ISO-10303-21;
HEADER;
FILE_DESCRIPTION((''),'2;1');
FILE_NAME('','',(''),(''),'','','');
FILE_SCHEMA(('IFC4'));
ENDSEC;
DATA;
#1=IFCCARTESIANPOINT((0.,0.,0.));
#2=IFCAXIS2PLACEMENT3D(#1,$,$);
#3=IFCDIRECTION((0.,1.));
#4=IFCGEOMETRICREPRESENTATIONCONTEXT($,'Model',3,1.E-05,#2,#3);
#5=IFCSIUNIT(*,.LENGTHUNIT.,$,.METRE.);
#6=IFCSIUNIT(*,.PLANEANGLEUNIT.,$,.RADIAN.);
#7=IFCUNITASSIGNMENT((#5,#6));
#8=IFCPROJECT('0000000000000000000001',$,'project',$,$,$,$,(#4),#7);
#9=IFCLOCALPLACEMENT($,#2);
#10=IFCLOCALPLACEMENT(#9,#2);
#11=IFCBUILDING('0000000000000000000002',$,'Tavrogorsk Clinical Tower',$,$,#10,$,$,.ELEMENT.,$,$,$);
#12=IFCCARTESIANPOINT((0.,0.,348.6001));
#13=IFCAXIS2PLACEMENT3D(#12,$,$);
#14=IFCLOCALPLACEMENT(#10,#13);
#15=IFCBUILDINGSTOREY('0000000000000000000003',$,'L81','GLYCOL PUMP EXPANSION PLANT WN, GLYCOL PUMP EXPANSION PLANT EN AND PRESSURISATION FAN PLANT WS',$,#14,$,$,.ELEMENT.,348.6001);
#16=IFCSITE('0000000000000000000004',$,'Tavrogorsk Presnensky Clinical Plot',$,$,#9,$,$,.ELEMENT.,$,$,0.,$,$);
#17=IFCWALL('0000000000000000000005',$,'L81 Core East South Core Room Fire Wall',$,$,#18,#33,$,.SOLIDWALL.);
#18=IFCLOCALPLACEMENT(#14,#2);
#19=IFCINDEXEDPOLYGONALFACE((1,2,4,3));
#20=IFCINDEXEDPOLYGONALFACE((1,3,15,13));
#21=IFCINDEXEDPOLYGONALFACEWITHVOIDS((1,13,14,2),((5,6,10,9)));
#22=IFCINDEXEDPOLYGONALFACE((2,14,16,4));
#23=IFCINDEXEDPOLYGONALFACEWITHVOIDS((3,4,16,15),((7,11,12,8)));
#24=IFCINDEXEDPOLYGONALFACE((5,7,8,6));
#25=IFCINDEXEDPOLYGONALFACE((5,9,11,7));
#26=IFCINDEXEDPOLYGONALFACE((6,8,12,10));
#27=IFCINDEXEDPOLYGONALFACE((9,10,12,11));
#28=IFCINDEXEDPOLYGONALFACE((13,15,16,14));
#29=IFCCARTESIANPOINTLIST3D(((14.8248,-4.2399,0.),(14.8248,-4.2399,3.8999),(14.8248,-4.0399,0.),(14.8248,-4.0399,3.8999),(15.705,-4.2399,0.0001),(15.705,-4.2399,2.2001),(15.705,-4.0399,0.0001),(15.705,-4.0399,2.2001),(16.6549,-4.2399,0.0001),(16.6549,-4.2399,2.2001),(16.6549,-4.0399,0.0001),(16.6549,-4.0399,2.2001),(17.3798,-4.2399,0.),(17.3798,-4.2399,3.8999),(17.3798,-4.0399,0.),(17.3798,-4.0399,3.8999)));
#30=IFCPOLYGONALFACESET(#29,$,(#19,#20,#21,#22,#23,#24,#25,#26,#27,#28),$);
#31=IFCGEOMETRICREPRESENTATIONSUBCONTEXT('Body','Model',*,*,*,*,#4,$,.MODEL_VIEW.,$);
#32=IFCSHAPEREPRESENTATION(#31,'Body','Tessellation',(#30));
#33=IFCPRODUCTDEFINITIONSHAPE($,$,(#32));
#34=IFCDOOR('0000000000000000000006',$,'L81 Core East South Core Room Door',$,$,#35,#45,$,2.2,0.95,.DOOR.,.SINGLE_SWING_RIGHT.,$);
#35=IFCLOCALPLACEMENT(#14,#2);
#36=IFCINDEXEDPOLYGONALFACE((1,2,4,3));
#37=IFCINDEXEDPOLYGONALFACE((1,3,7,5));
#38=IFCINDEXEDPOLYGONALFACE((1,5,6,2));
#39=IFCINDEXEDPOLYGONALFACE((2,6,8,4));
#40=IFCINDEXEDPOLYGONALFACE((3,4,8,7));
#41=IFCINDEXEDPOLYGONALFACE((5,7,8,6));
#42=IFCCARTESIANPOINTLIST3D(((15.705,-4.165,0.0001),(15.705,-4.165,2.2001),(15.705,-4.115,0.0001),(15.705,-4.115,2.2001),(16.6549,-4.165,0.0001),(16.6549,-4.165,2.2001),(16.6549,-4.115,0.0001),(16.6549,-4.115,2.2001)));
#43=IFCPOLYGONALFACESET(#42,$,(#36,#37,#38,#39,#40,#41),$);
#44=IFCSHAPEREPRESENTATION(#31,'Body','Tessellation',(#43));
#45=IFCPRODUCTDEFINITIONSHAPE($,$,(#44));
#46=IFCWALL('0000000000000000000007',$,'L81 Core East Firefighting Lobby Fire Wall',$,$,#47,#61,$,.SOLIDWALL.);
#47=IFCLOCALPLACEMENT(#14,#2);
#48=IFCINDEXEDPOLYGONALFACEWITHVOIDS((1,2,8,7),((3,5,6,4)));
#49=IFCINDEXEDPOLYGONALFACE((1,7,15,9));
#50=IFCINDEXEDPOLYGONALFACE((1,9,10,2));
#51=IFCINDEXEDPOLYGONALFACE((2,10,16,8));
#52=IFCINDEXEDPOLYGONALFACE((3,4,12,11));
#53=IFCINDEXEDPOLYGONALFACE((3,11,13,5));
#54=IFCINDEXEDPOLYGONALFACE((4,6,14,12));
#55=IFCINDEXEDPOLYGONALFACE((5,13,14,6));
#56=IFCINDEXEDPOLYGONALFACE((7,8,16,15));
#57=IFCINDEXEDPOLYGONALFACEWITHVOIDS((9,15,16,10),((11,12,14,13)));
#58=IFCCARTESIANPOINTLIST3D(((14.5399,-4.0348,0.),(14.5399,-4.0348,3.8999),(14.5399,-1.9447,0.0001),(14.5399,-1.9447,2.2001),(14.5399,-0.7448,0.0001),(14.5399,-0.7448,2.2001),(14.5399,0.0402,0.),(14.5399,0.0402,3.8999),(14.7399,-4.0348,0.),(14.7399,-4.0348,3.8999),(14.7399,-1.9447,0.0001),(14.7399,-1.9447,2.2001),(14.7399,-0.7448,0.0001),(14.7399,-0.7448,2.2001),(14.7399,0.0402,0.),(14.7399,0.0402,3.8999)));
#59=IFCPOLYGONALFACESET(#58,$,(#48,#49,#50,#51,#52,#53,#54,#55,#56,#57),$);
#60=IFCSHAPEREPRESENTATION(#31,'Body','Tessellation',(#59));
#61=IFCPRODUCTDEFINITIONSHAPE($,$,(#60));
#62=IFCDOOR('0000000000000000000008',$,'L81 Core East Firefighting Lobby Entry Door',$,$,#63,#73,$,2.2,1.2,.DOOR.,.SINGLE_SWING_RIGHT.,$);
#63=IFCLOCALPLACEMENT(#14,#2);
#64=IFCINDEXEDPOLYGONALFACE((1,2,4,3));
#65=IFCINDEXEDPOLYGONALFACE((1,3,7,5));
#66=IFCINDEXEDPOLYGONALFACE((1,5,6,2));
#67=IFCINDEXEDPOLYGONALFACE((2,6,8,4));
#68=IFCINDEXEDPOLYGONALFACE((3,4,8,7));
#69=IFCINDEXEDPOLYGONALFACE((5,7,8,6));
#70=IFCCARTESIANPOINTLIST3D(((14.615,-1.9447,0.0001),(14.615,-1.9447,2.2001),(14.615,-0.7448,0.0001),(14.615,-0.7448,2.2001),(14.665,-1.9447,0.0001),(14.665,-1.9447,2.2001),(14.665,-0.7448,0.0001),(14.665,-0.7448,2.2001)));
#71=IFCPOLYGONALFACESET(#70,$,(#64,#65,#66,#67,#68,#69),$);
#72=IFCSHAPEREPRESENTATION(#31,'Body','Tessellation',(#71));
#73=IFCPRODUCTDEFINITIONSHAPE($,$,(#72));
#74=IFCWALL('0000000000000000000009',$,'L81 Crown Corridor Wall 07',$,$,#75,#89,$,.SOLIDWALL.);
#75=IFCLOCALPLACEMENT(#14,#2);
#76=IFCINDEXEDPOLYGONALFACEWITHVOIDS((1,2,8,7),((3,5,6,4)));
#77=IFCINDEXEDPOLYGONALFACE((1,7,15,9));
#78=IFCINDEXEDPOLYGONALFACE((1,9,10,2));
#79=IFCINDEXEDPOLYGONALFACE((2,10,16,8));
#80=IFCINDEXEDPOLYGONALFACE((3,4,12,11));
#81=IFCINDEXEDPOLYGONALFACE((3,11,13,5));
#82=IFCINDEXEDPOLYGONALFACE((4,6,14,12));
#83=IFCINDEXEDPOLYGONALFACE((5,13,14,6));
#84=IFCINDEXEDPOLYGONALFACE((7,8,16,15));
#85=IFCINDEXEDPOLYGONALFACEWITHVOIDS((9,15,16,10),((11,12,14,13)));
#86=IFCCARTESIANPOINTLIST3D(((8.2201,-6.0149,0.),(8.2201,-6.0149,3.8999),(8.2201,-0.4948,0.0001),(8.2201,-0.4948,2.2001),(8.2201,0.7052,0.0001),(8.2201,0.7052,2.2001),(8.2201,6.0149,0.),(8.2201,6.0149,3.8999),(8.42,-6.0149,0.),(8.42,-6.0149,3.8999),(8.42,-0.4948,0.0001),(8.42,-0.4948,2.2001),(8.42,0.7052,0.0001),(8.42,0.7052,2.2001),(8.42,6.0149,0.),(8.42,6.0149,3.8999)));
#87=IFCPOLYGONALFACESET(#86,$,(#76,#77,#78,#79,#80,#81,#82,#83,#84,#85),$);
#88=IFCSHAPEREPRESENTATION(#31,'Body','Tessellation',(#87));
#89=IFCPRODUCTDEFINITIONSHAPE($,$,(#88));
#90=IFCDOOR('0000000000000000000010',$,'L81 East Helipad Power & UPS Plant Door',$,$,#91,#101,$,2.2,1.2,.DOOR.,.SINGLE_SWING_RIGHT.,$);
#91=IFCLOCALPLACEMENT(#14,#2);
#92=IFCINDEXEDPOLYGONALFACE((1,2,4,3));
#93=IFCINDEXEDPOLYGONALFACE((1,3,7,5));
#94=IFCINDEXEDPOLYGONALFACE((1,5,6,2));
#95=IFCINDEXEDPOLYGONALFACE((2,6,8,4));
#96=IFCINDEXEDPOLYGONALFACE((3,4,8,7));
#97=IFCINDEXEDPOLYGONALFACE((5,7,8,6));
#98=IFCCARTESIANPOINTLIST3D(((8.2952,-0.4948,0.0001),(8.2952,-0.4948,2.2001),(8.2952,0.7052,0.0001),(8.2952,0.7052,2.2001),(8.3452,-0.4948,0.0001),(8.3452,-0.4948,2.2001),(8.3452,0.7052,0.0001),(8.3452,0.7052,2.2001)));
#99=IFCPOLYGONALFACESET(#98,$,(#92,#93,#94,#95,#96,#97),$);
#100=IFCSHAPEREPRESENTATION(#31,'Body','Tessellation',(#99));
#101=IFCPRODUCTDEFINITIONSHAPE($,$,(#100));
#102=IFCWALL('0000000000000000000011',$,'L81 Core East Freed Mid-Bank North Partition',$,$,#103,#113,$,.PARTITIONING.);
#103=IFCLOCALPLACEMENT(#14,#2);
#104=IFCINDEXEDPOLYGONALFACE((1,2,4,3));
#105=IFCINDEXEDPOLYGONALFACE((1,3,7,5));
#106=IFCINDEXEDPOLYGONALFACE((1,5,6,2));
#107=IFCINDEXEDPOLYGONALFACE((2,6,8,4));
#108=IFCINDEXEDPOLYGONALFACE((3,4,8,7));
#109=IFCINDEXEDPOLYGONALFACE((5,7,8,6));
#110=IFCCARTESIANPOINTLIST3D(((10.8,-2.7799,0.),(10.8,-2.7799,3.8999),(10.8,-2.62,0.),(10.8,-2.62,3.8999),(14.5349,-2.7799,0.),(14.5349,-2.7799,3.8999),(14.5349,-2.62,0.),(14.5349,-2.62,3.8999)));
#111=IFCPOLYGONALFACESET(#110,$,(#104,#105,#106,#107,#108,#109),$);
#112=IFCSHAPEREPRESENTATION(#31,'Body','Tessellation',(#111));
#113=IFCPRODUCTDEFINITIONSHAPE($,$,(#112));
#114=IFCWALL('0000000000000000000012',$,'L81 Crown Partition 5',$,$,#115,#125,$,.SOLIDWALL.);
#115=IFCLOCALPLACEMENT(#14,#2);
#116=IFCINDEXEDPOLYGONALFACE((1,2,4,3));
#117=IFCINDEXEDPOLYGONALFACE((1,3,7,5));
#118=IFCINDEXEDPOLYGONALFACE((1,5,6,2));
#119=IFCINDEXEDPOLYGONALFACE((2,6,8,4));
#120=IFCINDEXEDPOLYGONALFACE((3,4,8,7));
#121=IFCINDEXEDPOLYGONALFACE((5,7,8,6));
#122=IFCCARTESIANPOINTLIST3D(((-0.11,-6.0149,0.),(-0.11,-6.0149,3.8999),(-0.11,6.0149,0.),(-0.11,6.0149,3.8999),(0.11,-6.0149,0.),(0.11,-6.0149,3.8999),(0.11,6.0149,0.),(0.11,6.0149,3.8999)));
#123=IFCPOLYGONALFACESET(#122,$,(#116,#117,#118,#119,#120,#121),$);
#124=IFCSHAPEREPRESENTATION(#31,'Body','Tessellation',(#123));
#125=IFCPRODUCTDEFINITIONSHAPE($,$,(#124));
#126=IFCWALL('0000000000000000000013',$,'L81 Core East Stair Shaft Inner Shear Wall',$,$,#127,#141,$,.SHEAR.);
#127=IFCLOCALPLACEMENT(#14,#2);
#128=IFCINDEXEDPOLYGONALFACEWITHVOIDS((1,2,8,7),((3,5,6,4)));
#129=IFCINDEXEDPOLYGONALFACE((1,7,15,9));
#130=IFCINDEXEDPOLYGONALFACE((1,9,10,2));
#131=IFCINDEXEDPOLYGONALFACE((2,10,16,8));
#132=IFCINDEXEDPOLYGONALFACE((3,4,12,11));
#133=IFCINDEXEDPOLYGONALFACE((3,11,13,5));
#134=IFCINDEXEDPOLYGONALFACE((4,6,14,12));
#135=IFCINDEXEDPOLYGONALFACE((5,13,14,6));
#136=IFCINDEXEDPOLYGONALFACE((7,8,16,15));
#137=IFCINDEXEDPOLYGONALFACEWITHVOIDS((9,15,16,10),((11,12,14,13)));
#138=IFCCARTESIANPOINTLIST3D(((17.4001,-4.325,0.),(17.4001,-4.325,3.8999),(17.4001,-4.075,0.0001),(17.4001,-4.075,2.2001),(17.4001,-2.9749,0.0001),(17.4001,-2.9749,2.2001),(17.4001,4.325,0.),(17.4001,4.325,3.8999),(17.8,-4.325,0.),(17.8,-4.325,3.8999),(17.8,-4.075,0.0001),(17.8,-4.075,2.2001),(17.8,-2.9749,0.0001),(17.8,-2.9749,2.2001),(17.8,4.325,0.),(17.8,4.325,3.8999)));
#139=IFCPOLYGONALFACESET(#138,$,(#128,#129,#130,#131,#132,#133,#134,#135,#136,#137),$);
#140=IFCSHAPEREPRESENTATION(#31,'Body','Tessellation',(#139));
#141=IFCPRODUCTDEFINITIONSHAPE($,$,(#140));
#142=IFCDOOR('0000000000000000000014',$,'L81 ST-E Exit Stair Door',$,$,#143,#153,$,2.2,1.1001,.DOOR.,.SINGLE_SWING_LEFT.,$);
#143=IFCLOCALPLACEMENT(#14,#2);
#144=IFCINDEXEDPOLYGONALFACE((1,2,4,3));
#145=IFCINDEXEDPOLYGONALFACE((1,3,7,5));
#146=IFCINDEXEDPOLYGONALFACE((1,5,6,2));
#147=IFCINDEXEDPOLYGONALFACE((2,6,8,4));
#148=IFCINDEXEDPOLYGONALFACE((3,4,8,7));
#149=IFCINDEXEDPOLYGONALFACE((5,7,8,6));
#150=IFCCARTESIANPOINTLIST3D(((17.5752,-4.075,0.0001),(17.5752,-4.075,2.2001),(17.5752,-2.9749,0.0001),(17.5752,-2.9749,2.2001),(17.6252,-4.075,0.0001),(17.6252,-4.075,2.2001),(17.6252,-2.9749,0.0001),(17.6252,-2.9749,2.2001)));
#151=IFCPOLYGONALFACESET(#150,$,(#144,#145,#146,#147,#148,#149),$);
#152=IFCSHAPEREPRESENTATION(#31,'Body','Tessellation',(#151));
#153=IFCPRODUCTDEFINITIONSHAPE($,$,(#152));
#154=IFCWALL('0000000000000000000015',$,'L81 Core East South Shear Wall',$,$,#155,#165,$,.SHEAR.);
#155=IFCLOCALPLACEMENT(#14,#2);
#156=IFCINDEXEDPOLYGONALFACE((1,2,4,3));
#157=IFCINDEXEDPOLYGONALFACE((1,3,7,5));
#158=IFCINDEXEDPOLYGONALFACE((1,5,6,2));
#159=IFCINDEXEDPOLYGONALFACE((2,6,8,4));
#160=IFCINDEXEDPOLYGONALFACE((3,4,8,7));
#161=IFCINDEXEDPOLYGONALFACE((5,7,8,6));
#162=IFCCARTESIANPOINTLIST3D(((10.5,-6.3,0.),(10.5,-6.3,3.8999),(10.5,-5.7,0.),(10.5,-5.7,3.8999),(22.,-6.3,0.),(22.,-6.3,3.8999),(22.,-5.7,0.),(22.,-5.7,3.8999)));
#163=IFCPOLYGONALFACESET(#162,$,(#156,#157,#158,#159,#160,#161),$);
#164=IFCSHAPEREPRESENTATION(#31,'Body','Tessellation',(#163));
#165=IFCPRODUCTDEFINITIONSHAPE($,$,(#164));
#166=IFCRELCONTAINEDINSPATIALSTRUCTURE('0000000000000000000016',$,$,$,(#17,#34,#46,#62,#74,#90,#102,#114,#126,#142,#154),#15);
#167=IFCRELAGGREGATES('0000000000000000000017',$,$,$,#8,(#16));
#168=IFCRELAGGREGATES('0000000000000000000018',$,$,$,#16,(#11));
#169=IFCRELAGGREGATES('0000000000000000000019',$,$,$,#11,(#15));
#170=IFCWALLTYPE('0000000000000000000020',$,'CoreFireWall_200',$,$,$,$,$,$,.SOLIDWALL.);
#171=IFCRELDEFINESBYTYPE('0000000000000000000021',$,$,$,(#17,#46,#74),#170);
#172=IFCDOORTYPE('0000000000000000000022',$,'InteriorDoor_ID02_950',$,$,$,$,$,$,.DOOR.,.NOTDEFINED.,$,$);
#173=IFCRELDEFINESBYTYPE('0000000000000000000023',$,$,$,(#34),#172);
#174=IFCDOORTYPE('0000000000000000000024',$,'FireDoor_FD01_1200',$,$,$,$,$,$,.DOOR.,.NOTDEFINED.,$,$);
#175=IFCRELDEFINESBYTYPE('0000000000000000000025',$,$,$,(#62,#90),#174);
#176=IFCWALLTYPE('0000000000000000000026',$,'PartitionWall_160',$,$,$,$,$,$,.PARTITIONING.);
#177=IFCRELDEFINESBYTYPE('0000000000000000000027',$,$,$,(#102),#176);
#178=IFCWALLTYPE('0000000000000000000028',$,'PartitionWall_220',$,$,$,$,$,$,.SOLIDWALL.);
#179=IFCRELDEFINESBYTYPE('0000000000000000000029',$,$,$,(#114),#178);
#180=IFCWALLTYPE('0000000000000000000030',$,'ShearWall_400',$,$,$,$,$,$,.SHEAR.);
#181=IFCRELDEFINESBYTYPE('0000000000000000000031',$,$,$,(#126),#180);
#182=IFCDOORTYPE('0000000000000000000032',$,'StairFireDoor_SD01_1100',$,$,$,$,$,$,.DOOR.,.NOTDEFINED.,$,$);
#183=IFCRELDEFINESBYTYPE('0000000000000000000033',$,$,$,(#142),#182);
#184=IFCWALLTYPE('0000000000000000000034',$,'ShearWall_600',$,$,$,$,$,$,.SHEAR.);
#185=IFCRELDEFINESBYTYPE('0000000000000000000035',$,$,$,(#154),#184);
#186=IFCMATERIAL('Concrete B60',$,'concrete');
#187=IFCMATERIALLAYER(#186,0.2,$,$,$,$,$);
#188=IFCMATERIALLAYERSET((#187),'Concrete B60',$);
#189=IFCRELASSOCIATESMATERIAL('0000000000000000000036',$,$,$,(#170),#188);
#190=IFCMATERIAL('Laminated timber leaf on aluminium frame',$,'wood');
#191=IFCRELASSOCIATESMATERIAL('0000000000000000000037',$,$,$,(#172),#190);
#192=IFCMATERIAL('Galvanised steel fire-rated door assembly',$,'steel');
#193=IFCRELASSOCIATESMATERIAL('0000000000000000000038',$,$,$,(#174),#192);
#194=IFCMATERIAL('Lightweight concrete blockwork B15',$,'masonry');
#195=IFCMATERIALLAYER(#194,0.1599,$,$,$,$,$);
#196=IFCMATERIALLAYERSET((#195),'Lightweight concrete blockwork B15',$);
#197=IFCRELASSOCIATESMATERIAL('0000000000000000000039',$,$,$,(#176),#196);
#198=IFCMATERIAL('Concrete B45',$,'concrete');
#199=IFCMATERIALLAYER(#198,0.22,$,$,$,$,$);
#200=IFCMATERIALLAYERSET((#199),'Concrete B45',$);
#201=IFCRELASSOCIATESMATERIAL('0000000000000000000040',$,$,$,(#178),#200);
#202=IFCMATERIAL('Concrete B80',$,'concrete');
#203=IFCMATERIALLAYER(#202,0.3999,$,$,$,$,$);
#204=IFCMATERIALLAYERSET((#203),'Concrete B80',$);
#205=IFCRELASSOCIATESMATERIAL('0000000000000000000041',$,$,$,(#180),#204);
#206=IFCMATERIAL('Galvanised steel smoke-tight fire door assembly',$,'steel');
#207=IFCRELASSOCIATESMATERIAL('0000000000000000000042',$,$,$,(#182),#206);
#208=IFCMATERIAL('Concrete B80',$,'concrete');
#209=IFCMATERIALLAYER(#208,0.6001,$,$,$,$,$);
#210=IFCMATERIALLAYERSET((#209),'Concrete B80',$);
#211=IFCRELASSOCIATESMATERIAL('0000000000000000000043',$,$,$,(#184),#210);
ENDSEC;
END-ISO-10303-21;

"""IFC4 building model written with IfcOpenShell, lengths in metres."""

from ifc_helpers import new_model, si_unit, direction, frame, frame_2d, origin, place, context, subcontext, project, spatial, rectangle, extrude, material, layer, layer_set, type_object, element, fill, save


model = new_model("IFC4")

# Units and contexts
model_context = context("Model", 3, precision=1e-05, world=origin(), true_north=direction((0.0, 1.0)))
body_context = subcontext(model_context, "Body", "Model", "MODEL_VIEW")
ifc_project = project(units=[si_unit("LENGTHUNIT", "METRE"), si_unit("PLANEANGLEUNIT", "RADIAN")], contexts=[model_context])

# Site, building, storey
site_placement = place(None, origin())
site = spatial("IfcSite", under=ifc_project, at=site_placement, Name="Tavrogorsk Presnensky Clinical Plot", CompositionType="ELEMENT", RefElevation=0.0)
building_placement = place(site_placement, origin())
building = spatial("IfcBuilding", under=site, at=building_placement, Name="Tavrogorsk Clinical Tower", CompositionType="ELEMENT")
storey_placement = place(building_placement, frame((0.0, 0.0, 348.6001)))
storey = spatial("IfcBuildingStorey", under=building, at=storey_placement, Name="L81", Description="GLYCOL PUMP EXPANSION PLANT WN, GLYCOL PUMP EXPANSION PLANT EN AND PRESSURISATION FAN PLANT WS", CompositionType="ELEMENT", Elevation=348.6001)

# Walls, openings, doors
ifc_material_1 = material(Name="Concrete B60", Category="concrete")
ifc_layer_1 = layer(ifc_material_1, 0.2)
ifc_layer_set_1 = layer_set([ifc_layer_1], Name="Concrete B60")
wall_type_1 = type_object("IfcWallType", Name="CoreFireWall_200", PredefinedType="SOLIDWALL", material=ifc_layer_set_1)
wall_1_placement = place(storey_placement, frame((14.825, -4.1399, 0.0), z_axis=(0.0, 0.0, 1.0), x_axis=(1.0, 0.0, 0.0)))
wall_1 = element("IfcWall", 1, at=wall_1_placement, inside=storey, type_object=wall_type_1, Name="L81 Core East South Core Room Fire Wall", PredefinedType="SOLIDWALL", context=body_context, shape_type="SweptSolid", body=[
    extrude(rectangle(XDim=2.5549, YDim=0.2, at=frame_2d((1.2773, 0.0))), origin(), (0.0, 0.0, 1.0), 3.8999),
])
opening_1_placement = place(wall_1_placement, frame((0.8799, 0.0, 0.0)))
opening_1 = element("IfcOpeningElement", 2, at=opening_1_placement, cuts=wall_1, PredefinedType="OPENING", context=body_context, shape_type="SweptSolid", body=[
    extrude(rectangle(XDim=0.95, YDim=2.2, at=frame_2d((0.4751, 1.1001))), frame((0.0, 0.1099, 0.0), z_axis=(0.0, -1.0, 0.0), x_axis=(1.0, 0.0, 0.0)), (0.0, 0.0, 1.0), 0.22),
])
ifc_material_2 = material(Name="Laminated timber leaf on aluminium frame", Category="wood")
door_type_1 = type_object("IfcDoorType", Name="InteriorDoor_ID02_950", OperationType="NOTDEFINED", PredefinedType="DOOR", material=ifc_material_2)
door_1_placement = place(opening_1_placement, origin())
door_1 = element("IfcDoor", 3, at=door_1_placement, inside=storey, type_object=door_type_1, Name="L81 Core East South Core Room Door", OperationType="SINGLE_SWING_RIGHT", OverallHeight=2.2, OverallWidth=0.95, PredefinedType="DOOR", context=body_context, shape_type="SweptSolid", body=[
    extrude(rectangle(XDim=0.95, YDim=2.2, at=frame_2d((0.4751, 1.1001))), frame((0.0, 0.0249, 0.0), z_axis=(0.0, -1.0, 0.0), x_axis=(1.0, 0.0, 0.0)), (0.0, 0.0, 1.0), 0.05),
])
fill(opening_1, door_1)
wall_2_placement = place(storey_placement, frame((14.6399, -4.0349, 0.0), z_axis=(0.0, 0.0, 1.0), x_axis=(0.0, 1.0, 0.0)))
wall_2 = element("IfcWall", 4, at=wall_2_placement, inside=storey, type_object=wall_type_1, Name="L81 Core East Firefighting Lobby Fire Wall", PredefinedType="SOLIDWALL", context=body_context, shape_type="SweptSolid", body=[
    extrude(rectangle(XDim=4.075, YDim=0.2, at=frame_2d((2.0376, 0.0))), origin(), (0.0, 0.0, 1.0), 3.8999),
])
opening_2_placement = place(wall_2_placement, frame((2.0901, 0.0, 0.0)))
opening_2 = element("IfcOpeningElement", 5, at=opening_2_placement, cuts=wall_2, PredefinedType="OPENING", context=body_context, shape_type="SweptSolid", body=[
    extrude(rectangle(XDim=1.2, YDim=2.2, at=frame_2d((0.6001, 1.1001))), frame((0.0, 0.1099, 0.0), z_axis=(0.0, -1.0, 0.0), x_axis=(1.0, 0.0, 0.0)), (0.0, 0.0, 1.0), 0.22),
])
ifc_material_3 = material(Name="Galvanised steel fire-rated door assembly", Category="steel")
door_type_2 = type_object("IfcDoorType", Name="FireDoor_FD01_1200", OperationType="NOTDEFINED", PredefinedType="DOOR", material=ifc_material_3)
door_2_placement = place(opening_2_placement, origin())
door_2 = element("IfcDoor", 6, at=door_2_placement, inside=storey, type_object=door_type_2, Name="L81 Core East Firefighting Lobby Entry Door", OperationType="SINGLE_SWING_RIGHT", OverallHeight=2.2, OverallWidth=1.2, PredefinedType="DOOR", context=body_context, shape_type="SweptSolid", body=[
    extrude(rectangle(XDim=1.2, YDim=2.2, at=frame_2d((0.6001, 1.1001))), frame((0.0, 0.0249, 0.0), z_axis=(0.0, -1.0, 0.0), x_axis=(1.0, 0.0, 0.0)), (0.0, 0.0, 1.0), 0.05),
])
fill(opening_2, door_2)
wall_3_placement = place(storey_placement, frame((8.3201, -6.0149, 0.0), z_axis=(0.0, 0.0, 1.0), x_axis=(0.0, 1.0, 0.0)))
wall_3 = element("IfcWall", 7, at=wall_3_placement, inside=storey, type_object=wall_type_1, Name="L81 Crown Corridor Wall 07", PredefinedType="SOLIDWALL", context=body_context, shape_type="SweptSolid", body=[
    extrude(rectangle(XDim=12.0298, YDim=0.2, at=frame_2d((6.0149, 0.0))), origin(), (0.0, 0.0, 1.0), 3.8999),
])
opening_3_placement = place(wall_3_placement, frame((5.52, 0.0, 0.0)))
opening_3 = element("IfcOpeningElement", 8, at=opening_3_placement, cuts=wall_3, PredefinedType="OPENING", context=body_context, shape_type="SweptSolid", body=[
    extrude(rectangle(XDim=1.2, YDim=2.2, at=frame_2d((0.6001, 1.1001))), frame((0.0, 0.1099, 0.0), z_axis=(0.0, -1.0, 0.0), x_axis=(1.0, 0.0, 0.0)), (0.0, 0.0, 1.0), 0.22),
])
door_3_placement = place(opening_3_placement, origin())
door_3 = element("IfcDoor", 9, at=door_3_placement, inside=storey, type_object=door_type_2, Name="L81 East Helipad Power & UPS Plant Door", OperationType="SINGLE_SWING_RIGHT", OverallHeight=2.2, OverallWidth=1.2, PredefinedType="DOOR", context=body_context, shape_type="SweptSolid", body=[
    extrude(rectangle(XDim=1.2, YDim=2.2, at=frame_2d((0.6001, 1.1001))), frame((0.0, 0.0249, 0.0), z_axis=(0.0, -1.0, 0.0), x_axis=(1.0, 0.0, 0.0)), (0.0, 0.0, 1.0), 0.05),
])
fill(opening_3, door_3)

# Walls
ifc_material_4 = material(Name="Lightweight concrete blockwork B15", Category="masonry")
ifc_layer_2 = layer(ifc_material_4, 0.1599)
ifc_layer_set_2 = layer_set([ifc_layer_2], Name="Lightweight concrete blockwork B15")
wall_type_2 = type_object("IfcWallType", Name="PartitionWall_160", PredefinedType="PARTITIONING", material=ifc_layer_set_2)
wall_4_placement = place(storey_placement, frame((10.8, -2.7, 0.0), z_axis=(0.0, 0.0, 1.0), x_axis=(1.0, 0.0, 0.0)))
element("IfcWall", 10, at=wall_4_placement, inside=storey, type_object=wall_type_2, Name="L81 Core East Freed Mid-Bank North Partition", PredefinedType="PARTITIONING", context=body_context, shape_type="SweptSolid", body=[
    extrude(rectangle(XDim=3.7349, YDim=0.1599, at=frame_2d((1.8674, 0.0))), origin(), (0.0, 0.0, 1.0), 3.8999),
])
ifc_material_5 = material(Name="Concrete B45", Category="concrete")
ifc_layer_3 = layer(ifc_material_5, 0.22)
ifc_layer_set_3 = layer_set([ifc_layer_3], Name="Concrete B45")
wall_type_3 = type_object("IfcWallType", Name="PartitionWall_220", PredefinedType="SOLIDWALL", material=ifc_layer_set_3)
wall_5_placement = place(storey_placement, frame((0.0, -6.0149, 0.0), z_axis=(0.0, 0.0, 1.0), x_axis=(0.0, 1.0, 0.0)))
element("IfcWall", 11, at=wall_5_placement, inside=storey, type_object=wall_type_3, Name="L81 Crown Partition 5", PredefinedType="SOLIDWALL", context=body_context, shape_type="SweptSolid", body=[
    extrude(rectangle(XDim=12.0298, YDim=0.22, at=frame_2d((6.0149, 0.0))), origin(), (0.0, 0.0, 1.0), 3.8999),
])

# Wall, opening, door
ifc_material_6 = material(Name="Concrete B80", Category="concrete")
ifc_layer_4 = layer(ifc_material_6, 0.3999)
ifc_layer_set_4 = layer_set([ifc_layer_4], Name="Concrete B80")
wall_type_4 = type_object("IfcWallType", Name="ShearWall_400", PredefinedType="SHEAR", material=ifc_layer_set_4)
wall_6_placement = place(storey_placement, frame((17.6001, -4.325, 0.0), z_axis=(0.0, 0.0, 1.0), x_axis=(0.0, 1.0, 0.0)))
wall_6 = element("IfcWall", 12, at=wall_6_placement, inside=storey, type_object=wall_type_4, Name="L81 Core East Stair Shaft Inner Shear Wall", PredefinedType="SHEAR", context=body_context, shape_type="SweptSolid", body=[
    extrude(rectangle(XDim=8.6499, YDim=0.3999, at=frame_2d((4.325, 0.0))), origin(), (0.0, 0.0, 1.0), 3.8999),
])
opening_4_placement = place(wall_6_placement, frame((0.25, 0.0, 0.0)))
opening_4 = element("IfcOpeningElement", 13, at=opening_4_placement, cuts=wall_6, PredefinedType="OPENING", context=body_context, shape_type="SweptSolid", body=[
    extrude(rectangle(XDim=1.1001, YDim=2.2, at=frame_2d((0.55, 1.1001))), frame((0.0, 0.21, 0.0), z_axis=(0.0, -1.0, 0.0), x_axis=(1.0, 0.0, 0.0)), (0.0, 0.0, 1.0), 0.4199),
])
ifc_material_7 = material(Name="Galvanised steel smoke-tight fire door assembly", Category="steel")
door_type_3 = type_object("IfcDoorType", Name="StairFireDoor_SD01_1100", OperationType="NOTDEFINED", PredefinedType="DOOR", material=ifc_material_7)
door_4_placement = place(opening_4_placement, origin())
door_4 = element("IfcDoor", 14, at=door_4_placement, inside=storey, type_object=door_type_3, Name="L81 ST-E Exit Stair Door", OperationType="SINGLE_SWING_LEFT", OverallHeight=2.2, OverallWidth=1.1001, PredefinedType="DOOR", context=body_context, shape_type="SweptSolid", body=[
    extrude(rectangle(XDim=1.1001, YDim=2.2, at=frame_2d((0.55, 1.1001))), frame((0.0, 0.0249, 0.0), z_axis=(0.0, -1.0, 0.0), x_axis=(1.0, 0.0, 0.0)), (0.0, 0.0, 1.0), 0.05),
])
fill(opening_4, door_4)

# Wall
ifc_material_8 = material(Name="Concrete B80", Category="concrete")
ifc_layer_5 = layer(ifc_material_8, 0.6001)
ifc_layer_set_5 = layer_set([ifc_layer_5], Name="Concrete B80")
wall_type_5 = type_object("IfcWallType", Name="ShearWall_600", PredefinedType="SHEAR", material=ifc_layer_set_5)
wall_7_placement = place(storey_placement, frame((10.5, -6.0, 0.0), z_axis=(0.0, 0.0, 1.0), x_axis=(1.0, 0.0, 0.0)))
element("IfcWall", 15, at=wall_7_placement, inside=storey, type_object=wall_type_5, Name="L81 Core East South Shear Wall", PredefinedType="SHEAR", context=body_context, shape_type="SweptSolid", body=[
    extrude(rectangle(XDim=11.5, YDim=0.6001, at=frame_2d((5.75, 0.0))), origin(), (0.0, 0.0, 1.0), 3.8999),
])

save(model, "model.ifc")
